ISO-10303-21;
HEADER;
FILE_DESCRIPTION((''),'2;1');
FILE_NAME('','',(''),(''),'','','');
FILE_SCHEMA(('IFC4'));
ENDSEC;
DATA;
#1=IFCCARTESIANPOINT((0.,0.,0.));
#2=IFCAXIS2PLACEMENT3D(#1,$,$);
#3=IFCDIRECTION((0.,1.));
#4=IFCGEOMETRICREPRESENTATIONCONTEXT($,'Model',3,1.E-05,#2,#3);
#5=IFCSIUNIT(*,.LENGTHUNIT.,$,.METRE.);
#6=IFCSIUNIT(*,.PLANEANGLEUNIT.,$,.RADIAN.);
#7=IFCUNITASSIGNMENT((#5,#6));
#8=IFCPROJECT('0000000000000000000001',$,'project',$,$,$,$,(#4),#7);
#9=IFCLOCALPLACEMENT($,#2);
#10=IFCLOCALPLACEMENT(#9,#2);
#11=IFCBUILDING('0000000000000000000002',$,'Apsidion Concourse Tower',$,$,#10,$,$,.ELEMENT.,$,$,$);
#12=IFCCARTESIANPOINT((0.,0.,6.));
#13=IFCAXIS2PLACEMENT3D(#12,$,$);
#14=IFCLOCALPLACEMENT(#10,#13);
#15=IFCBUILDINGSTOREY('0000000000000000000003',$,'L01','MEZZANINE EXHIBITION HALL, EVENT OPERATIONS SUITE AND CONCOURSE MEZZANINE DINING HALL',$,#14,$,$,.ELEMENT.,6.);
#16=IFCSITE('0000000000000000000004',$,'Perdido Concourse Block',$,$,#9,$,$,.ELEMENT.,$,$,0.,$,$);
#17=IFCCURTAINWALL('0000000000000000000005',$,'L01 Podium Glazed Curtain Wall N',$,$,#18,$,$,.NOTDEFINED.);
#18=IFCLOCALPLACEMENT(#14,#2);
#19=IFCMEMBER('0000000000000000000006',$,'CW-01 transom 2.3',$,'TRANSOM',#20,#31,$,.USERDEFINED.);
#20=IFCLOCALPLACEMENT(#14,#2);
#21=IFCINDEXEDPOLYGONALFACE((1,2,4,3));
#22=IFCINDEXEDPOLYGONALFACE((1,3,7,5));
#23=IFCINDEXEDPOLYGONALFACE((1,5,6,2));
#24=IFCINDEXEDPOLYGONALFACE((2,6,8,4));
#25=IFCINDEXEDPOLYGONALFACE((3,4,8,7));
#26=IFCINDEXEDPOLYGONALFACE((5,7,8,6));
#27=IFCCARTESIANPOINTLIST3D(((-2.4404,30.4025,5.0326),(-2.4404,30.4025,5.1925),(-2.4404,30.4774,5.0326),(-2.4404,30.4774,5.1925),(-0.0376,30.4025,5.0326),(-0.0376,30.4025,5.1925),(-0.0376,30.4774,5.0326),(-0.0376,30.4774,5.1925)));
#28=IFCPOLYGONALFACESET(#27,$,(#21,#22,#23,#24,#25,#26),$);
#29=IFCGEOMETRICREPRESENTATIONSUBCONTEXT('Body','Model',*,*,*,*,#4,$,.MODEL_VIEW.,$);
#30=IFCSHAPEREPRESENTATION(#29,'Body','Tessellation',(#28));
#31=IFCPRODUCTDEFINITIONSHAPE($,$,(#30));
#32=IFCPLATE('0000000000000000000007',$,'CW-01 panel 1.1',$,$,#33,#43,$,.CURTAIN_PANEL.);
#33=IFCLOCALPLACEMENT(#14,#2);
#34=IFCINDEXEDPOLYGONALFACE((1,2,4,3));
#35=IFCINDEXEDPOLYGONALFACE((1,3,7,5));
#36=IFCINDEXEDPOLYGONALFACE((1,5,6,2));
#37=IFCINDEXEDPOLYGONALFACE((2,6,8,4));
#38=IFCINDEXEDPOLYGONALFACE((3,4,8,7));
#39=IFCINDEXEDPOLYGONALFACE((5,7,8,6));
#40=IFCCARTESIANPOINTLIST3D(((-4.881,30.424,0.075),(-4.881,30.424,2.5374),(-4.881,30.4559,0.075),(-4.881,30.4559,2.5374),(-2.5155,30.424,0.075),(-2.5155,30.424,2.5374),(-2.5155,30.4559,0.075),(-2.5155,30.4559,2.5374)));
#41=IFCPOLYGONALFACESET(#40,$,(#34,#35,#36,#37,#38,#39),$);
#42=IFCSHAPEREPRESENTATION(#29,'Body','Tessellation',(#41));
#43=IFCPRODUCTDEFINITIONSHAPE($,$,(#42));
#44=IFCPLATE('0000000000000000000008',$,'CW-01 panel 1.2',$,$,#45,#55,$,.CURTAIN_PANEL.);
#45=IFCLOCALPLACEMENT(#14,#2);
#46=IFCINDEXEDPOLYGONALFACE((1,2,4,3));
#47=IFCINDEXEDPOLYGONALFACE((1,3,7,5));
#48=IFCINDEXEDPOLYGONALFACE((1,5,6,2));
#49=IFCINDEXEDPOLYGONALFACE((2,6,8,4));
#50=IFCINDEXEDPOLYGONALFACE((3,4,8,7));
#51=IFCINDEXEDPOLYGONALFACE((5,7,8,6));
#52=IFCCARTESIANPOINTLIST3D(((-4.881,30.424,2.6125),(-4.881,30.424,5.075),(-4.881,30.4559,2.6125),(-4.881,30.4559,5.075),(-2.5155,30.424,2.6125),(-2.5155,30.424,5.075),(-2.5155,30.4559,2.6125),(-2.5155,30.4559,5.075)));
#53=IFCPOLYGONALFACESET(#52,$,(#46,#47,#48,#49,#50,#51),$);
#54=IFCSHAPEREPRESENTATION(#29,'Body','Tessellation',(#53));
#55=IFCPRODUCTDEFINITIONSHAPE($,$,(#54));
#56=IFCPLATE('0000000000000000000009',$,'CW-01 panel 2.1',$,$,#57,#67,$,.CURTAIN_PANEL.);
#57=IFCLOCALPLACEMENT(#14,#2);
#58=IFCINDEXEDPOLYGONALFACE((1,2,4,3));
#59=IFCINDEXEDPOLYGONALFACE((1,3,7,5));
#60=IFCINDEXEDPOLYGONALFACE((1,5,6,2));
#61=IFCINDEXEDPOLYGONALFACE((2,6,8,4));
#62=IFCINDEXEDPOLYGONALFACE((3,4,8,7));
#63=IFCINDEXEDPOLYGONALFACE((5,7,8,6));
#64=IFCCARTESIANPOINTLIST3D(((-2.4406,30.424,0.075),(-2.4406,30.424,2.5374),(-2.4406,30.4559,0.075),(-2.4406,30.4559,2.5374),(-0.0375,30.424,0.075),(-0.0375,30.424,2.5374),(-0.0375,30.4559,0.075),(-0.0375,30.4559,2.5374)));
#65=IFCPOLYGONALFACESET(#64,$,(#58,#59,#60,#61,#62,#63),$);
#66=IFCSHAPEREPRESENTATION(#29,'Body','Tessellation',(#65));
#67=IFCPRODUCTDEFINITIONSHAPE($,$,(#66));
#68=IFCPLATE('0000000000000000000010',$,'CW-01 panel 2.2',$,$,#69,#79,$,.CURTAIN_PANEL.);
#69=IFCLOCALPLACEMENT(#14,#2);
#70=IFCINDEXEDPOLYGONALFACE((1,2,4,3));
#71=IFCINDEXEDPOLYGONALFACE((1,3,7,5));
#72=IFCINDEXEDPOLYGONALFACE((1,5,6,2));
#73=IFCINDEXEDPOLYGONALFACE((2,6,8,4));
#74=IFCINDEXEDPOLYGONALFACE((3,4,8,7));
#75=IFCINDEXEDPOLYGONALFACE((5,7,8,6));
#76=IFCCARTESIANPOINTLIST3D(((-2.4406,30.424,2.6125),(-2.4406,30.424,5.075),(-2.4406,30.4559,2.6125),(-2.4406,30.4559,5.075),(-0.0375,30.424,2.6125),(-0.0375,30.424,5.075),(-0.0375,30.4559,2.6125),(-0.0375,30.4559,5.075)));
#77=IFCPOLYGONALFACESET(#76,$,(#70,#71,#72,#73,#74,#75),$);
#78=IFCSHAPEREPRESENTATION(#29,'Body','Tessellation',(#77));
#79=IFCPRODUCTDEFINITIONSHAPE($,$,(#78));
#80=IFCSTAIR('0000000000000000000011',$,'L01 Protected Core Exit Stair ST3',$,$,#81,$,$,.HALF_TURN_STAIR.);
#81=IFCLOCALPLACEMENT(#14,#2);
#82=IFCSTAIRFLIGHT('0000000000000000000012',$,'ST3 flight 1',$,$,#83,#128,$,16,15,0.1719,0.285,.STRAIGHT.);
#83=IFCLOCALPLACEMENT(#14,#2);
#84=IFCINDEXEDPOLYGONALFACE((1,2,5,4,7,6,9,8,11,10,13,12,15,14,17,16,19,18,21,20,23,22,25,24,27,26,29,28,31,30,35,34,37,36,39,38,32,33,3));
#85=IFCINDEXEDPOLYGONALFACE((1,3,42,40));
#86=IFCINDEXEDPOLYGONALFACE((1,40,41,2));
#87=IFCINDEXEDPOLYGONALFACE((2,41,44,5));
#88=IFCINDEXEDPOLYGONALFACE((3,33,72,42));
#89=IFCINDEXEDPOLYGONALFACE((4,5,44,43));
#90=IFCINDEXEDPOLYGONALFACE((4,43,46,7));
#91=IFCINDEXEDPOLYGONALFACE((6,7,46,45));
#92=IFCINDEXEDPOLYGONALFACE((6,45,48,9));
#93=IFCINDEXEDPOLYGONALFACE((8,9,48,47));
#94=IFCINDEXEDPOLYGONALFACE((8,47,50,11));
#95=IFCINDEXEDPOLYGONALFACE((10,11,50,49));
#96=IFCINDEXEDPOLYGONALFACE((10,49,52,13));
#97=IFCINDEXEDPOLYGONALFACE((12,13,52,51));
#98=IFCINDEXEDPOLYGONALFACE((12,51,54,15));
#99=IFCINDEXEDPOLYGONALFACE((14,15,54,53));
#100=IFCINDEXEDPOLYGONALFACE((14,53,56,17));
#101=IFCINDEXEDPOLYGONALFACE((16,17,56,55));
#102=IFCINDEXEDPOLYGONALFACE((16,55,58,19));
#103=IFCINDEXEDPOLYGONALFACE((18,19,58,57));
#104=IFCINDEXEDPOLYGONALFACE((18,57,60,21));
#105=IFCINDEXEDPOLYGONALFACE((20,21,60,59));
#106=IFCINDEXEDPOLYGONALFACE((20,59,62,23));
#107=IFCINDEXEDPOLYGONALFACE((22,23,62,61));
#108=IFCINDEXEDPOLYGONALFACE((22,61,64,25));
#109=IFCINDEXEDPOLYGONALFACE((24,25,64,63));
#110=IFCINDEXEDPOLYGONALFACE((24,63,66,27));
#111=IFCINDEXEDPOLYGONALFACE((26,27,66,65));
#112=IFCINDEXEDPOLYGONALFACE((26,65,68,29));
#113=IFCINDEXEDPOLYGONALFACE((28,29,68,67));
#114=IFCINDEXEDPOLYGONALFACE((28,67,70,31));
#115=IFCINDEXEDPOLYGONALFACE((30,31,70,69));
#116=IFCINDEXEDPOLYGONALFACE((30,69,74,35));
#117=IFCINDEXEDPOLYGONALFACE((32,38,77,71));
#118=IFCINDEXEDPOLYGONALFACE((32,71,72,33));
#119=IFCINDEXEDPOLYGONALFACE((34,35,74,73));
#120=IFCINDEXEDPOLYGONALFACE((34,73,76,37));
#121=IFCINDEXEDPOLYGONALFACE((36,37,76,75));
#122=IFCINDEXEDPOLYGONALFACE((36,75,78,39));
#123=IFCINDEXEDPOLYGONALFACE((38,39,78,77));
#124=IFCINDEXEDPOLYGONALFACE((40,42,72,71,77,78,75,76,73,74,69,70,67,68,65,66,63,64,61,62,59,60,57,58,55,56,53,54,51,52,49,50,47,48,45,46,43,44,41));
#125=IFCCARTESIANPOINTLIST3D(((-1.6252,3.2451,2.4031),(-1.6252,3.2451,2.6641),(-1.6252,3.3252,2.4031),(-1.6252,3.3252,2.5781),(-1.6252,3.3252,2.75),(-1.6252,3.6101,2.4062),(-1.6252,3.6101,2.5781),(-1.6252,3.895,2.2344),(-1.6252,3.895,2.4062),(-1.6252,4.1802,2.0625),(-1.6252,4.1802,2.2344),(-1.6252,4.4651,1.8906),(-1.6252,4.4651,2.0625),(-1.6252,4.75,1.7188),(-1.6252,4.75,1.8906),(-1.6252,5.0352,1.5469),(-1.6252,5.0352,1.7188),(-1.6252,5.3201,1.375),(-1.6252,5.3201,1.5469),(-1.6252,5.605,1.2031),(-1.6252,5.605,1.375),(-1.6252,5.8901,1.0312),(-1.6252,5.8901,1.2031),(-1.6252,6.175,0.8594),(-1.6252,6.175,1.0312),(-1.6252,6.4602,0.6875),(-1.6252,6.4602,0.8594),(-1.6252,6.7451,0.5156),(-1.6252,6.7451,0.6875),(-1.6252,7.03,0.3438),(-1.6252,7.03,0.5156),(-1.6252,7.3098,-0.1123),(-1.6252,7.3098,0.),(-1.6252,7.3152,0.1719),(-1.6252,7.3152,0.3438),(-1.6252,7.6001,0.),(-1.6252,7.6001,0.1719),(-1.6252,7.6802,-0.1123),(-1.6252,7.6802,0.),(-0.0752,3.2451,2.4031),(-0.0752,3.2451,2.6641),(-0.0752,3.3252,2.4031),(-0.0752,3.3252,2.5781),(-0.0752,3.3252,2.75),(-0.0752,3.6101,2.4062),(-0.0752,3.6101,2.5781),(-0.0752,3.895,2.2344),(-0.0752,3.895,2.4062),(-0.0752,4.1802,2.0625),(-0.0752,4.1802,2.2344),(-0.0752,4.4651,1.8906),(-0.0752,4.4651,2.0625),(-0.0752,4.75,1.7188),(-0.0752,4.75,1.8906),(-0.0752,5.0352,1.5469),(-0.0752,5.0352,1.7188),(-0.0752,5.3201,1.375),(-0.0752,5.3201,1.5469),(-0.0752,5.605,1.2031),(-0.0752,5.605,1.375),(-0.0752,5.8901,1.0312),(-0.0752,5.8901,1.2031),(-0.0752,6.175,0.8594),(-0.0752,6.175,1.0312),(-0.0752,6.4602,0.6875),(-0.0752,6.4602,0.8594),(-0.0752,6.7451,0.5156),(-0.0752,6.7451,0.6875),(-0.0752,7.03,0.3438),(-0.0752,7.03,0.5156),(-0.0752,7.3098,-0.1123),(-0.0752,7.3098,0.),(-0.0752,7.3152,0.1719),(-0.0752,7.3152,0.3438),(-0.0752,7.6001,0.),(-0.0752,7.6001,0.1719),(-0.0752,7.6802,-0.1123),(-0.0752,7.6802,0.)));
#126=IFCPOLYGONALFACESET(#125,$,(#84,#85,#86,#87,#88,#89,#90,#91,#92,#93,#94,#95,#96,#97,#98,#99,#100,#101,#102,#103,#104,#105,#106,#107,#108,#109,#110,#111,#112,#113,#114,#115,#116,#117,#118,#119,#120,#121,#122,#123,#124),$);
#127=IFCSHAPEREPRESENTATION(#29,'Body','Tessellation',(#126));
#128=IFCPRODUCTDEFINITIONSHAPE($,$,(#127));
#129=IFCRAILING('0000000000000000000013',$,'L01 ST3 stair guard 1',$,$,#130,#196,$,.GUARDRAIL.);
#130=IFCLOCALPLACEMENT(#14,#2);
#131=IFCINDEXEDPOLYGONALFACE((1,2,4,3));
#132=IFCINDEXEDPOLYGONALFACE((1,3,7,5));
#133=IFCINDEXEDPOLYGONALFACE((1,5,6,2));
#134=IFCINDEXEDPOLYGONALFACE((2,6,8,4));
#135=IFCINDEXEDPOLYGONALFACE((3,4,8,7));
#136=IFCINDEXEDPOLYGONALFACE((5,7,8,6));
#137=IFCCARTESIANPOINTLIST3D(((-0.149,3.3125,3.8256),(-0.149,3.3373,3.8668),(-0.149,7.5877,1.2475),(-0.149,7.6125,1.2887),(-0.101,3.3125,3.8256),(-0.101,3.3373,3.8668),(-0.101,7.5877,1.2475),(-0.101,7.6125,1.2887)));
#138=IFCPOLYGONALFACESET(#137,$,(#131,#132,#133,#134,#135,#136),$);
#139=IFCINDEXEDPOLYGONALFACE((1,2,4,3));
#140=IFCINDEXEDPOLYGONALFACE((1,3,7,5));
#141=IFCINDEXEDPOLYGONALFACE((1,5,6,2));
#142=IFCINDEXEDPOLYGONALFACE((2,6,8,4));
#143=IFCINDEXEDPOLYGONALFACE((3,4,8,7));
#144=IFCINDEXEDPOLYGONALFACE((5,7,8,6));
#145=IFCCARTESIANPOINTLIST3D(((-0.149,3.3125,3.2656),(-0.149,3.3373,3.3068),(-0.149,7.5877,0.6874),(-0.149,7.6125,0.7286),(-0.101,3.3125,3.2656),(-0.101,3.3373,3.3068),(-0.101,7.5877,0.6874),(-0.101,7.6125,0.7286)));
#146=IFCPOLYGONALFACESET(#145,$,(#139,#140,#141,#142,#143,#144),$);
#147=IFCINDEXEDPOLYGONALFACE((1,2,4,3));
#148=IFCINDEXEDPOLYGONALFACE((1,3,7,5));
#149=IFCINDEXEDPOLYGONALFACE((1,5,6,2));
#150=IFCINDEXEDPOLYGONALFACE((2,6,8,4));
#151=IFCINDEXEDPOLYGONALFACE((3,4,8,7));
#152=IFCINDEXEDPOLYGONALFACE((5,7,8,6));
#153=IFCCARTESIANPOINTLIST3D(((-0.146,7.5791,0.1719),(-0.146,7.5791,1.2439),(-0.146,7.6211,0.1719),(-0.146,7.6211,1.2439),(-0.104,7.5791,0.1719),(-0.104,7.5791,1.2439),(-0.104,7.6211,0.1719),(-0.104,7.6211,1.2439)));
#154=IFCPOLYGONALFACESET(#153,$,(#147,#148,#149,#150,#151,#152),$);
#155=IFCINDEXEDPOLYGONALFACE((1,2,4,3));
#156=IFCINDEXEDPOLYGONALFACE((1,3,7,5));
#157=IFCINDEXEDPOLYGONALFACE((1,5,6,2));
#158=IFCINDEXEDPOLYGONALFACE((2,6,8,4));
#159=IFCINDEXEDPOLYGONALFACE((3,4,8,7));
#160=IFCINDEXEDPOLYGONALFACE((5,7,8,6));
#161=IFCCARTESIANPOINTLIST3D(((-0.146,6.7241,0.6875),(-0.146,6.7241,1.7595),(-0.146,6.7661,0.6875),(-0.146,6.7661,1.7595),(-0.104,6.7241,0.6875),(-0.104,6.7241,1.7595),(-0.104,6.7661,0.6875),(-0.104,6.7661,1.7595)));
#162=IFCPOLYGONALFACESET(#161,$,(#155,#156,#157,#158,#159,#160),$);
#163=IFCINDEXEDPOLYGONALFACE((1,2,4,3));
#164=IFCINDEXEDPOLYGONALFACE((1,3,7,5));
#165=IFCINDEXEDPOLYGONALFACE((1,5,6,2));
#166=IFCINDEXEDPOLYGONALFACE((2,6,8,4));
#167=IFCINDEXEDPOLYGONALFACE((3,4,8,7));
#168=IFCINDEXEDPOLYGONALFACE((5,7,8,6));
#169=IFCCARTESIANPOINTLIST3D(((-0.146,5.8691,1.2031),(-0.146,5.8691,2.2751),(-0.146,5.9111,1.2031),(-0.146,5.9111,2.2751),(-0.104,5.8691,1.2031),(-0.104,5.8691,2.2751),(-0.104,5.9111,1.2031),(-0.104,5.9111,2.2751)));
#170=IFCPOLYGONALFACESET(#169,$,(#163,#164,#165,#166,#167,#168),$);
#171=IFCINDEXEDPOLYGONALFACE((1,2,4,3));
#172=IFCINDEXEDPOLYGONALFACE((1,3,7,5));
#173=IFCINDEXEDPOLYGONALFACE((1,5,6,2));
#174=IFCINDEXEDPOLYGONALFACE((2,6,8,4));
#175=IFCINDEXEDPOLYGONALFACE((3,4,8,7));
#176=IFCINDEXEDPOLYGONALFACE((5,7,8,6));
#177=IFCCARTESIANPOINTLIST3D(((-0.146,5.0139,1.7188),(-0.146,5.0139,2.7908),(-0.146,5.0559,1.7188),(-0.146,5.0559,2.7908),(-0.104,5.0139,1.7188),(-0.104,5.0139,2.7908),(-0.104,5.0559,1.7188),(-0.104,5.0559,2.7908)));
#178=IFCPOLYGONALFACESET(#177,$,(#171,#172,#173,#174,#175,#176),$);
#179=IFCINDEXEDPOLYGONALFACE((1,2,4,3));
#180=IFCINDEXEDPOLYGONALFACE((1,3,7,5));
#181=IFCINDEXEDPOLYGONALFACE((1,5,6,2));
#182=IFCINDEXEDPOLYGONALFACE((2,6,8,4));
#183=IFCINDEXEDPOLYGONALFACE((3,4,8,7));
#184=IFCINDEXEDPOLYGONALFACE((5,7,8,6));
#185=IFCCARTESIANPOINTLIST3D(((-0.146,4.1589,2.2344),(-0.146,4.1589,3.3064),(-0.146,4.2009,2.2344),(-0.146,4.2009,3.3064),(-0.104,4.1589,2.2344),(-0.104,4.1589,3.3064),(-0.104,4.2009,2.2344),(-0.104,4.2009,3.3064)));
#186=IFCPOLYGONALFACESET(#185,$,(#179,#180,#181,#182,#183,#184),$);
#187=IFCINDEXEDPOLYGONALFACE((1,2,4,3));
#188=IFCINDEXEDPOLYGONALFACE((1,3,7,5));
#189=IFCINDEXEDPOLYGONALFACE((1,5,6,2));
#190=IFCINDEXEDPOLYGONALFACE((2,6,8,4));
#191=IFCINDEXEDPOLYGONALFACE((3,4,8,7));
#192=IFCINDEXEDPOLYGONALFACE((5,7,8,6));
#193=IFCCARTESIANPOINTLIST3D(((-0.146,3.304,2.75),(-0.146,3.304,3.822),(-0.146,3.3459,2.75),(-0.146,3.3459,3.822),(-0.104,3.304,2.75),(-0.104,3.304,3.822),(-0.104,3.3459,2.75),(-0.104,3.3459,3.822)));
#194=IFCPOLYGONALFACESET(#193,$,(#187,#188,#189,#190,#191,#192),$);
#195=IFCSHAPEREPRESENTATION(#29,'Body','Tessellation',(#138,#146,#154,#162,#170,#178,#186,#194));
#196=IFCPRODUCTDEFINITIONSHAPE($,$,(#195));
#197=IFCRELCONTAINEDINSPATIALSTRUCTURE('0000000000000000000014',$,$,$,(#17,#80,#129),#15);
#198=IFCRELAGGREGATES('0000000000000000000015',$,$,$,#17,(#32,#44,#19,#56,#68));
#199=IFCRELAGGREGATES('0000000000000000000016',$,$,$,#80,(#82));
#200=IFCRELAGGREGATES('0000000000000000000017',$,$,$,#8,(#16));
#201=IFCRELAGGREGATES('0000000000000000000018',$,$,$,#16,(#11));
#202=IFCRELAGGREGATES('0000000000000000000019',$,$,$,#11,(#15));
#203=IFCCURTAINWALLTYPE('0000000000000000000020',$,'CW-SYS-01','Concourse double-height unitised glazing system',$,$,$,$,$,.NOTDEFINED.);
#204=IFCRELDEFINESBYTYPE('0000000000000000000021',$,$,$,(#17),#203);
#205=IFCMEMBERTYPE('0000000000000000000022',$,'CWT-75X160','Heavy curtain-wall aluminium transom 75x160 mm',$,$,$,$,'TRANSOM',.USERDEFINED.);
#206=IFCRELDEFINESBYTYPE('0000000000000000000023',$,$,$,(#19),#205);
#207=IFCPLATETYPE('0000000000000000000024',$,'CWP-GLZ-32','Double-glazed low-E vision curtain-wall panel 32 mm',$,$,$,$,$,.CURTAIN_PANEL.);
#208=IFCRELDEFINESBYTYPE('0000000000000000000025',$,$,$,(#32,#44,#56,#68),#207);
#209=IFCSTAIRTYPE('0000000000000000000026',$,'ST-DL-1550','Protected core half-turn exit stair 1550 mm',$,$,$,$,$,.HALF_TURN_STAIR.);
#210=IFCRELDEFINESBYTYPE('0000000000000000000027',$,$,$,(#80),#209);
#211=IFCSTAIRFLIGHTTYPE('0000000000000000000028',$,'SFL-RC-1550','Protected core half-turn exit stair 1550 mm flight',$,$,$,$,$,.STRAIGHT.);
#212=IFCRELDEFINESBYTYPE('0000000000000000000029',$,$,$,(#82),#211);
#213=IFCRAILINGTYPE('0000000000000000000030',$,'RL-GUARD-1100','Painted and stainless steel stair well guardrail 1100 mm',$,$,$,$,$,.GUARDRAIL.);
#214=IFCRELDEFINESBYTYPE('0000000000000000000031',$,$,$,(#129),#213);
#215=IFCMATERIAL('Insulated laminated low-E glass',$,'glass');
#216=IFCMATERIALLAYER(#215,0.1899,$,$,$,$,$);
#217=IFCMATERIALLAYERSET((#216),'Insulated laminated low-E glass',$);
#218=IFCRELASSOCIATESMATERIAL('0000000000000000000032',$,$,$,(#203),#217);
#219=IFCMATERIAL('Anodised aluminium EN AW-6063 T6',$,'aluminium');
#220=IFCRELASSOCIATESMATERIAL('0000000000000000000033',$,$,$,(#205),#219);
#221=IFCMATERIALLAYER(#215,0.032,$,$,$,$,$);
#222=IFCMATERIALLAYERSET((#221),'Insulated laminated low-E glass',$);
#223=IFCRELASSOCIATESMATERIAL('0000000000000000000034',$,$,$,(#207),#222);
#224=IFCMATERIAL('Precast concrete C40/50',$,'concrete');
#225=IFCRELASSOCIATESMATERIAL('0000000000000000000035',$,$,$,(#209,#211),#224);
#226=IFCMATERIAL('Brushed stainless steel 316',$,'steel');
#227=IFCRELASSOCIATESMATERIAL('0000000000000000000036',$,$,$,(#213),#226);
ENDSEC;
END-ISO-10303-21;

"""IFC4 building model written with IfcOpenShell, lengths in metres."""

from ifc_helpers import new_model, si_unit, direction, frame, origin, origin_2d, place, context, subcontext, project, spatial, polyline, rectangle, outline, extrude, material, layer, layer_set, material_profile, profile_set, type_object, element, aggregate, save


model = new_model("IFC4")

# Units and contexts
model_context = context("Model", 3, precision=1e-05, world=origin(), true_north=direction((0.0, 1.0)))
body_context = subcontext(model_context, "Body", "Model", "MODEL_VIEW")
ifc_project = project(units=[si_unit("LENGTHUNIT", "METRE"), si_unit("PLANEANGLEUNIT", "RADIAN")], contexts=[model_context])

# Site, building, storey
site_placement = place(None, origin())
site = spatial("IfcSite", under=ifc_project, at=site_placement, Name="Perdido Concourse Block", CompositionType="ELEMENT", RefElevation=0.0)
building_placement = place(site_placement, origin())
building = spatial("IfcBuilding", under=site, at=building_placement, Name="Apsidion Concourse Tower", CompositionType="ELEMENT")
storey_placement = place(building_placement, frame((0.0, 0.0, 6.0)))
storey = spatial("IfcBuildingStorey", under=building, at=storey_placement, Name="L01", Description="MEZZANINE EXHIBITION HALL, EVENT OPERATIONS SUITE AND CONCOURSE MEZZANINE DINING HALL", CompositionType="ELEMENT", Elevation=6.0)

# Curtain wall, member, plates
ifc_material_1 = material(Name="Insulated laminated low-E glass", Category="glass")
ifc_layer_1 = layer(ifc_material_1, 0.1899)
ifc_layer_set_1 = layer_set([ifc_layer_1], Name="Insulated laminated low-E glass")
curtain_wall_type = type_object("IfcCurtainWallType", Name="CW-SYS-01", Description="Concourse double-height unitised glazing system", PredefinedType="NOTDEFINED", material=ifc_layer_set_1)
curtain_wall_placement = place(storey_placement, origin())
curtain_wall = element("IfcCurtainWall", 1, at=curtain_wall_placement, inside=storey, type_object=curtain_wall_type, Name="L01 Podium Glazed Curtain Wall N", PredefinedType="NOTDEFINED")
ifc_material_2 = material(Name="Anodised aluminium EN AW-6063 T6", Category="aluminium")
ifc_material_profile_1 = material_profile(ifc_material_2, rectangle(XDim=0.075, YDim=0.1599, at=origin_2d()), Name="ALU TRANSOM 75x160")
ifc_profile_set_1 = profile_set([ifc_material_profile_1], Name="Anodised aluminium EN AW-6063 T6")
member_type_1 = type_object("IfcMemberType", Name="CWT-75X160", Description="Heavy curtain-wall aluminium transom 75x160 mm", ElementType="TRANSOM", PredefinedType="USERDEFINED", material=ifc_profile_set_1)
member_1_placement = place(storey_placement, frame((-2.4404, 30.4399, 5.1125), z_axis=(1.0, 0.0, 0.0), x_axis=(0.0, 1.0, 0.0)))
member_1 = element("IfcMember", 2, at=member_1_placement, type_object=member_type_1, Name="CW-01 transom 2.3", ObjectType="TRANSOM", PredefinedType="USERDEFINED", context=body_context, shape_type="SweptSolid", body=[
    extrude(rectangle(XDim=0.075, YDim=0.1599, at=origin_2d()), origin(), (0.0, 0.0, 1.0), 2.4028),
])
ifc_layer_2 = layer(ifc_material_1, 0.032)
ifc_layer_set_2 = layer_set([ifc_layer_2], Name="Insulated laminated low-E glass")
plate_type = type_object("IfcPlateType", Name="CWP-GLZ-32", Description="Double-glazed low-E vision curtain-wall panel 32 mm", PredefinedType="CURTAIN_PANEL", material=ifc_layer_set_2)
plate_1_placement = place(storey_placement, frame((-3.6982, 30.4399, 0.075), z_axis=(0.0, 0.0, 1.0), x_axis=(1.0, 0.0, 0.0)))
plate_1 = element("IfcPlate", 3, at=plate_1_placement, type_object=plate_type, Name="CW-01 panel 1.1", PredefinedType="CURTAIN_PANEL", context=body_context, shape_type="SweptSolid", body=[
    extrude(rectangle(XDim=2.3655, YDim=0.032, at=origin_2d()), origin(), (0.0, 0.0, 1.0), 2.4624),
])
plate_2_placement = place(storey_placement, frame((-3.6982, 30.4399, 2.6125), z_axis=(0.0, 0.0, 1.0), x_axis=(1.0, 0.0, 0.0)))
plate_2 = element("IfcPlate", 4, at=plate_2_placement, type_object=plate_type, Name="CW-01 panel 1.2", PredefinedType="CURTAIN_PANEL", context=body_context, shape_type="SweptSolid", body=[
    extrude(rectangle(XDim=2.3655, YDim=0.032, at=origin_2d()), origin(), (0.0, 0.0, 1.0), 2.4624),
])
plate_3_placement = place(storey_placement, frame((-1.239, 30.4399, 0.075), z_axis=(0.0, 0.0, 1.0), x_axis=(1.0, 0.0, 0.0)))
plate_3 = element("IfcPlate", 5, at=plate_3_placement, type_object=plate_type, Name="CW-01 panel 2.1", PredefinedType="CURTAIN_PANEL", context=body_context, shape_type="SweptSolid", body=[
    extrude(rectangle(XDim=2.4031, YDim=0.032, at=origin_2d()), origin(), (0.0, 0.0, 1.0), 2.4624),
])
plate_4_placement = place(storey_placement, frame((-1.239, 30.4399, 2.6125), z_axis=(0.0, 0.0, 1.0), x_axis=(1.0, 0.0, 0.0)))
plate_4 = element("IfcPlate", 6, at=plate_4_placement, type_object=plate_type, Name="CW-01 panel 2.2", PredefinedType="CURTAIN_PANEL", context=body_context, shape_type="SweptSolid", body=[
    extrude(rectangle(XDim=2.4031, YDim=0.032, at=origin_2d()), origin(), (0.0, 0.0, 1.0), 2.4624),
])
aggregate(curtain_wall, [plate_1, plate_2, member_1, plate_3, plate_4])

# Shared definitions
ifc_material_3 = material(Name="Brushed stainless steel 316", Category="steel")

# Stair, stair flight
ifc_material_4 = material(Name="Precast concrete C40/50", Category="concrete")
stair_type = type_object("IfcStairType", Name="ST-DL-1550", Description="Protected core half-turn exit stair 1550 mm", PredefinedType="HALF_TURN_STAIR", material=ifc_material_4)
stair_placement = place(storey_placement, origin())
stair = element("IfcStair", 7, at=stair_placement, inside=storey, type_object=stair_type, Name="L01 Protected Core Exit Stair ST3", PredefinedType="HALF_TURN_STAIR")
stair_flight_type = type_object("IfcStairFlightType", Name="SFL-RC-1550", Description="Protected core half-turn exit stair 1550 mm flight", PredefinedType="STRAIGHT", material=ifc_material_4)
stair_flight_placement = place(storey_placement, frame((-0.8501, 7.6001, 0.0), z_axis=(0.0, 0.0, 1.0), x_axis=(0.0, -1.0, 0.0)))
stair_flight = element("IfcStairFlight", 8, at=stair_flight_placement, type_object=stair_flight_type, Name="ST3 flight 1", NumberOfRisers=16, NumberOfTreads=15, PredefinedType="STRAIGHT", RiserHeight=0.1719, TreadLength=0.285, context=body_context, shape_type="SweptSolid", body=[
    extrude(outline(polyline([(-0.0801, -0.1123), (-0.0801, 0.0), (0.0, 0.0), (0.0, 0.1719), (0.2849, 0.1719), (0.2849, 0.3438), (0.5701, 0.3438), (0.5701, 0.5156), (0.855, 0.5156), (0.855, 0.6875), (1.1399, 0.6875), (1.1399, 0.8594), (1.425, 0.8594), (1.425, 1.0312), (1.71, 1.0312), (1.71, 1.2031), (1.9951, 1.2031), (1.9951, 1.375), (2.28, 1.375), (2.28, 1.5469), (2.5649, 1.5469), (2.5649, 1.7188), (2.8501, 1.7188), (2.8501, 1.8906), (3.135, 1.8906), (3.135, 2.0625), (3.4199, 2.0625), (3.4199, 2.2344), (3.7051, 2.2344), (3.7051, 2.4062), (3.99, 2.4062), (3.99, 2.5781), (4.2749, 2.5781), (4.2749, 2.75), (4.355, 2.6641), (4.355, 2.4031), (4.2749, 2.4031), (0.2903, 0.0), (0.2903, -0.1123), (-0.0801, -0.1123)])), frame((0.0, 0.7749, 0.0), z_axis=(0.0, -1.0, 0.0), x_axis=(1.0, 0.0, 0.0)), (0.0, 0.0, 1.0), 1.55),
])
aggregate(stair, [stair_flight])

# Railing
railing_type_1 = type_object("IfcRailingType", Name="RL-GUARD-1100", Description="Painted and stainless steel stair well guardrail 1100 mm", PredefinedType="GUARDRAIL", material=ifc_material_3)
railing_1_placement = place(storey_placement, frame((-0.125, 7.6001, 0.1719)))
element("IfcRailing", 9, at=railing_1_placement, inside=storey, type_object=railing_type_1, Name="L01 ST3 stair guard 1", PredefinedType="GUARDRAIL", context=body_context, shape_type="SweptSolid", body=[
    extrude(rectangle(XDim=0.0481, YDim=0.0481, at=origin_2d()), frame((0.0, 0.0, 1.0962), z_axis=(0.0, -0.856339, 0.516415), x_axis=(1.0, 0.0, 0.0)), (0.0, 0.0, 1.0), 4.9924),
    extrude(rectangle(XDim=0.0481, YDim=0.0481, at=origin_2d()), frame((0.0, 0.0, 0.5361), z_axis=(0.0, -0.856339, 0.516415), x_axis=(1.0, 0.0, 0.0)), (0.0, 0.0, 1.0), 4.9924),
    extrude(rectangle(XDim=0.042, YDim=0.042, at=origin_2d()), origin(), (0.0, 0.0, 1.0), 1.072),
    extrude(rectangle(XDim=0.042, YDim=0.042, at=origin_2d()), frame((0.0, -0.855, 0.5156)), (0.0, 0.0, 1.0), 1.072),
    extrude(rectangle(XDim=0.042, YDim=0.042, at=origin_2d()), frame((0.0, -1.71, 1.0312)), (0.0, 0.0, 1.0), 1.072),
    extrude(rectangle(XDim=0.042, YDim=0.042, at=origin_2d()), frame((0.0, -2.5652, 1.5469)), (0.0, 0.0, 1.0), 1.072),
    extrude(rectangle(XDim=0.042, YDim=0.042, at=origin_2d()), frame((0.0, -3.4202, 2.0625)), (0.0, 0.0, 1.0), 1.072),
    extrude(rectangle(XDim=0.042, YDim=0.042, at=origin_2d()), frame((0.0, -4.2751, 2.5781)), (0.0, 0.0, 1.0), 1.072),
])

save(model, "model.ifc")
